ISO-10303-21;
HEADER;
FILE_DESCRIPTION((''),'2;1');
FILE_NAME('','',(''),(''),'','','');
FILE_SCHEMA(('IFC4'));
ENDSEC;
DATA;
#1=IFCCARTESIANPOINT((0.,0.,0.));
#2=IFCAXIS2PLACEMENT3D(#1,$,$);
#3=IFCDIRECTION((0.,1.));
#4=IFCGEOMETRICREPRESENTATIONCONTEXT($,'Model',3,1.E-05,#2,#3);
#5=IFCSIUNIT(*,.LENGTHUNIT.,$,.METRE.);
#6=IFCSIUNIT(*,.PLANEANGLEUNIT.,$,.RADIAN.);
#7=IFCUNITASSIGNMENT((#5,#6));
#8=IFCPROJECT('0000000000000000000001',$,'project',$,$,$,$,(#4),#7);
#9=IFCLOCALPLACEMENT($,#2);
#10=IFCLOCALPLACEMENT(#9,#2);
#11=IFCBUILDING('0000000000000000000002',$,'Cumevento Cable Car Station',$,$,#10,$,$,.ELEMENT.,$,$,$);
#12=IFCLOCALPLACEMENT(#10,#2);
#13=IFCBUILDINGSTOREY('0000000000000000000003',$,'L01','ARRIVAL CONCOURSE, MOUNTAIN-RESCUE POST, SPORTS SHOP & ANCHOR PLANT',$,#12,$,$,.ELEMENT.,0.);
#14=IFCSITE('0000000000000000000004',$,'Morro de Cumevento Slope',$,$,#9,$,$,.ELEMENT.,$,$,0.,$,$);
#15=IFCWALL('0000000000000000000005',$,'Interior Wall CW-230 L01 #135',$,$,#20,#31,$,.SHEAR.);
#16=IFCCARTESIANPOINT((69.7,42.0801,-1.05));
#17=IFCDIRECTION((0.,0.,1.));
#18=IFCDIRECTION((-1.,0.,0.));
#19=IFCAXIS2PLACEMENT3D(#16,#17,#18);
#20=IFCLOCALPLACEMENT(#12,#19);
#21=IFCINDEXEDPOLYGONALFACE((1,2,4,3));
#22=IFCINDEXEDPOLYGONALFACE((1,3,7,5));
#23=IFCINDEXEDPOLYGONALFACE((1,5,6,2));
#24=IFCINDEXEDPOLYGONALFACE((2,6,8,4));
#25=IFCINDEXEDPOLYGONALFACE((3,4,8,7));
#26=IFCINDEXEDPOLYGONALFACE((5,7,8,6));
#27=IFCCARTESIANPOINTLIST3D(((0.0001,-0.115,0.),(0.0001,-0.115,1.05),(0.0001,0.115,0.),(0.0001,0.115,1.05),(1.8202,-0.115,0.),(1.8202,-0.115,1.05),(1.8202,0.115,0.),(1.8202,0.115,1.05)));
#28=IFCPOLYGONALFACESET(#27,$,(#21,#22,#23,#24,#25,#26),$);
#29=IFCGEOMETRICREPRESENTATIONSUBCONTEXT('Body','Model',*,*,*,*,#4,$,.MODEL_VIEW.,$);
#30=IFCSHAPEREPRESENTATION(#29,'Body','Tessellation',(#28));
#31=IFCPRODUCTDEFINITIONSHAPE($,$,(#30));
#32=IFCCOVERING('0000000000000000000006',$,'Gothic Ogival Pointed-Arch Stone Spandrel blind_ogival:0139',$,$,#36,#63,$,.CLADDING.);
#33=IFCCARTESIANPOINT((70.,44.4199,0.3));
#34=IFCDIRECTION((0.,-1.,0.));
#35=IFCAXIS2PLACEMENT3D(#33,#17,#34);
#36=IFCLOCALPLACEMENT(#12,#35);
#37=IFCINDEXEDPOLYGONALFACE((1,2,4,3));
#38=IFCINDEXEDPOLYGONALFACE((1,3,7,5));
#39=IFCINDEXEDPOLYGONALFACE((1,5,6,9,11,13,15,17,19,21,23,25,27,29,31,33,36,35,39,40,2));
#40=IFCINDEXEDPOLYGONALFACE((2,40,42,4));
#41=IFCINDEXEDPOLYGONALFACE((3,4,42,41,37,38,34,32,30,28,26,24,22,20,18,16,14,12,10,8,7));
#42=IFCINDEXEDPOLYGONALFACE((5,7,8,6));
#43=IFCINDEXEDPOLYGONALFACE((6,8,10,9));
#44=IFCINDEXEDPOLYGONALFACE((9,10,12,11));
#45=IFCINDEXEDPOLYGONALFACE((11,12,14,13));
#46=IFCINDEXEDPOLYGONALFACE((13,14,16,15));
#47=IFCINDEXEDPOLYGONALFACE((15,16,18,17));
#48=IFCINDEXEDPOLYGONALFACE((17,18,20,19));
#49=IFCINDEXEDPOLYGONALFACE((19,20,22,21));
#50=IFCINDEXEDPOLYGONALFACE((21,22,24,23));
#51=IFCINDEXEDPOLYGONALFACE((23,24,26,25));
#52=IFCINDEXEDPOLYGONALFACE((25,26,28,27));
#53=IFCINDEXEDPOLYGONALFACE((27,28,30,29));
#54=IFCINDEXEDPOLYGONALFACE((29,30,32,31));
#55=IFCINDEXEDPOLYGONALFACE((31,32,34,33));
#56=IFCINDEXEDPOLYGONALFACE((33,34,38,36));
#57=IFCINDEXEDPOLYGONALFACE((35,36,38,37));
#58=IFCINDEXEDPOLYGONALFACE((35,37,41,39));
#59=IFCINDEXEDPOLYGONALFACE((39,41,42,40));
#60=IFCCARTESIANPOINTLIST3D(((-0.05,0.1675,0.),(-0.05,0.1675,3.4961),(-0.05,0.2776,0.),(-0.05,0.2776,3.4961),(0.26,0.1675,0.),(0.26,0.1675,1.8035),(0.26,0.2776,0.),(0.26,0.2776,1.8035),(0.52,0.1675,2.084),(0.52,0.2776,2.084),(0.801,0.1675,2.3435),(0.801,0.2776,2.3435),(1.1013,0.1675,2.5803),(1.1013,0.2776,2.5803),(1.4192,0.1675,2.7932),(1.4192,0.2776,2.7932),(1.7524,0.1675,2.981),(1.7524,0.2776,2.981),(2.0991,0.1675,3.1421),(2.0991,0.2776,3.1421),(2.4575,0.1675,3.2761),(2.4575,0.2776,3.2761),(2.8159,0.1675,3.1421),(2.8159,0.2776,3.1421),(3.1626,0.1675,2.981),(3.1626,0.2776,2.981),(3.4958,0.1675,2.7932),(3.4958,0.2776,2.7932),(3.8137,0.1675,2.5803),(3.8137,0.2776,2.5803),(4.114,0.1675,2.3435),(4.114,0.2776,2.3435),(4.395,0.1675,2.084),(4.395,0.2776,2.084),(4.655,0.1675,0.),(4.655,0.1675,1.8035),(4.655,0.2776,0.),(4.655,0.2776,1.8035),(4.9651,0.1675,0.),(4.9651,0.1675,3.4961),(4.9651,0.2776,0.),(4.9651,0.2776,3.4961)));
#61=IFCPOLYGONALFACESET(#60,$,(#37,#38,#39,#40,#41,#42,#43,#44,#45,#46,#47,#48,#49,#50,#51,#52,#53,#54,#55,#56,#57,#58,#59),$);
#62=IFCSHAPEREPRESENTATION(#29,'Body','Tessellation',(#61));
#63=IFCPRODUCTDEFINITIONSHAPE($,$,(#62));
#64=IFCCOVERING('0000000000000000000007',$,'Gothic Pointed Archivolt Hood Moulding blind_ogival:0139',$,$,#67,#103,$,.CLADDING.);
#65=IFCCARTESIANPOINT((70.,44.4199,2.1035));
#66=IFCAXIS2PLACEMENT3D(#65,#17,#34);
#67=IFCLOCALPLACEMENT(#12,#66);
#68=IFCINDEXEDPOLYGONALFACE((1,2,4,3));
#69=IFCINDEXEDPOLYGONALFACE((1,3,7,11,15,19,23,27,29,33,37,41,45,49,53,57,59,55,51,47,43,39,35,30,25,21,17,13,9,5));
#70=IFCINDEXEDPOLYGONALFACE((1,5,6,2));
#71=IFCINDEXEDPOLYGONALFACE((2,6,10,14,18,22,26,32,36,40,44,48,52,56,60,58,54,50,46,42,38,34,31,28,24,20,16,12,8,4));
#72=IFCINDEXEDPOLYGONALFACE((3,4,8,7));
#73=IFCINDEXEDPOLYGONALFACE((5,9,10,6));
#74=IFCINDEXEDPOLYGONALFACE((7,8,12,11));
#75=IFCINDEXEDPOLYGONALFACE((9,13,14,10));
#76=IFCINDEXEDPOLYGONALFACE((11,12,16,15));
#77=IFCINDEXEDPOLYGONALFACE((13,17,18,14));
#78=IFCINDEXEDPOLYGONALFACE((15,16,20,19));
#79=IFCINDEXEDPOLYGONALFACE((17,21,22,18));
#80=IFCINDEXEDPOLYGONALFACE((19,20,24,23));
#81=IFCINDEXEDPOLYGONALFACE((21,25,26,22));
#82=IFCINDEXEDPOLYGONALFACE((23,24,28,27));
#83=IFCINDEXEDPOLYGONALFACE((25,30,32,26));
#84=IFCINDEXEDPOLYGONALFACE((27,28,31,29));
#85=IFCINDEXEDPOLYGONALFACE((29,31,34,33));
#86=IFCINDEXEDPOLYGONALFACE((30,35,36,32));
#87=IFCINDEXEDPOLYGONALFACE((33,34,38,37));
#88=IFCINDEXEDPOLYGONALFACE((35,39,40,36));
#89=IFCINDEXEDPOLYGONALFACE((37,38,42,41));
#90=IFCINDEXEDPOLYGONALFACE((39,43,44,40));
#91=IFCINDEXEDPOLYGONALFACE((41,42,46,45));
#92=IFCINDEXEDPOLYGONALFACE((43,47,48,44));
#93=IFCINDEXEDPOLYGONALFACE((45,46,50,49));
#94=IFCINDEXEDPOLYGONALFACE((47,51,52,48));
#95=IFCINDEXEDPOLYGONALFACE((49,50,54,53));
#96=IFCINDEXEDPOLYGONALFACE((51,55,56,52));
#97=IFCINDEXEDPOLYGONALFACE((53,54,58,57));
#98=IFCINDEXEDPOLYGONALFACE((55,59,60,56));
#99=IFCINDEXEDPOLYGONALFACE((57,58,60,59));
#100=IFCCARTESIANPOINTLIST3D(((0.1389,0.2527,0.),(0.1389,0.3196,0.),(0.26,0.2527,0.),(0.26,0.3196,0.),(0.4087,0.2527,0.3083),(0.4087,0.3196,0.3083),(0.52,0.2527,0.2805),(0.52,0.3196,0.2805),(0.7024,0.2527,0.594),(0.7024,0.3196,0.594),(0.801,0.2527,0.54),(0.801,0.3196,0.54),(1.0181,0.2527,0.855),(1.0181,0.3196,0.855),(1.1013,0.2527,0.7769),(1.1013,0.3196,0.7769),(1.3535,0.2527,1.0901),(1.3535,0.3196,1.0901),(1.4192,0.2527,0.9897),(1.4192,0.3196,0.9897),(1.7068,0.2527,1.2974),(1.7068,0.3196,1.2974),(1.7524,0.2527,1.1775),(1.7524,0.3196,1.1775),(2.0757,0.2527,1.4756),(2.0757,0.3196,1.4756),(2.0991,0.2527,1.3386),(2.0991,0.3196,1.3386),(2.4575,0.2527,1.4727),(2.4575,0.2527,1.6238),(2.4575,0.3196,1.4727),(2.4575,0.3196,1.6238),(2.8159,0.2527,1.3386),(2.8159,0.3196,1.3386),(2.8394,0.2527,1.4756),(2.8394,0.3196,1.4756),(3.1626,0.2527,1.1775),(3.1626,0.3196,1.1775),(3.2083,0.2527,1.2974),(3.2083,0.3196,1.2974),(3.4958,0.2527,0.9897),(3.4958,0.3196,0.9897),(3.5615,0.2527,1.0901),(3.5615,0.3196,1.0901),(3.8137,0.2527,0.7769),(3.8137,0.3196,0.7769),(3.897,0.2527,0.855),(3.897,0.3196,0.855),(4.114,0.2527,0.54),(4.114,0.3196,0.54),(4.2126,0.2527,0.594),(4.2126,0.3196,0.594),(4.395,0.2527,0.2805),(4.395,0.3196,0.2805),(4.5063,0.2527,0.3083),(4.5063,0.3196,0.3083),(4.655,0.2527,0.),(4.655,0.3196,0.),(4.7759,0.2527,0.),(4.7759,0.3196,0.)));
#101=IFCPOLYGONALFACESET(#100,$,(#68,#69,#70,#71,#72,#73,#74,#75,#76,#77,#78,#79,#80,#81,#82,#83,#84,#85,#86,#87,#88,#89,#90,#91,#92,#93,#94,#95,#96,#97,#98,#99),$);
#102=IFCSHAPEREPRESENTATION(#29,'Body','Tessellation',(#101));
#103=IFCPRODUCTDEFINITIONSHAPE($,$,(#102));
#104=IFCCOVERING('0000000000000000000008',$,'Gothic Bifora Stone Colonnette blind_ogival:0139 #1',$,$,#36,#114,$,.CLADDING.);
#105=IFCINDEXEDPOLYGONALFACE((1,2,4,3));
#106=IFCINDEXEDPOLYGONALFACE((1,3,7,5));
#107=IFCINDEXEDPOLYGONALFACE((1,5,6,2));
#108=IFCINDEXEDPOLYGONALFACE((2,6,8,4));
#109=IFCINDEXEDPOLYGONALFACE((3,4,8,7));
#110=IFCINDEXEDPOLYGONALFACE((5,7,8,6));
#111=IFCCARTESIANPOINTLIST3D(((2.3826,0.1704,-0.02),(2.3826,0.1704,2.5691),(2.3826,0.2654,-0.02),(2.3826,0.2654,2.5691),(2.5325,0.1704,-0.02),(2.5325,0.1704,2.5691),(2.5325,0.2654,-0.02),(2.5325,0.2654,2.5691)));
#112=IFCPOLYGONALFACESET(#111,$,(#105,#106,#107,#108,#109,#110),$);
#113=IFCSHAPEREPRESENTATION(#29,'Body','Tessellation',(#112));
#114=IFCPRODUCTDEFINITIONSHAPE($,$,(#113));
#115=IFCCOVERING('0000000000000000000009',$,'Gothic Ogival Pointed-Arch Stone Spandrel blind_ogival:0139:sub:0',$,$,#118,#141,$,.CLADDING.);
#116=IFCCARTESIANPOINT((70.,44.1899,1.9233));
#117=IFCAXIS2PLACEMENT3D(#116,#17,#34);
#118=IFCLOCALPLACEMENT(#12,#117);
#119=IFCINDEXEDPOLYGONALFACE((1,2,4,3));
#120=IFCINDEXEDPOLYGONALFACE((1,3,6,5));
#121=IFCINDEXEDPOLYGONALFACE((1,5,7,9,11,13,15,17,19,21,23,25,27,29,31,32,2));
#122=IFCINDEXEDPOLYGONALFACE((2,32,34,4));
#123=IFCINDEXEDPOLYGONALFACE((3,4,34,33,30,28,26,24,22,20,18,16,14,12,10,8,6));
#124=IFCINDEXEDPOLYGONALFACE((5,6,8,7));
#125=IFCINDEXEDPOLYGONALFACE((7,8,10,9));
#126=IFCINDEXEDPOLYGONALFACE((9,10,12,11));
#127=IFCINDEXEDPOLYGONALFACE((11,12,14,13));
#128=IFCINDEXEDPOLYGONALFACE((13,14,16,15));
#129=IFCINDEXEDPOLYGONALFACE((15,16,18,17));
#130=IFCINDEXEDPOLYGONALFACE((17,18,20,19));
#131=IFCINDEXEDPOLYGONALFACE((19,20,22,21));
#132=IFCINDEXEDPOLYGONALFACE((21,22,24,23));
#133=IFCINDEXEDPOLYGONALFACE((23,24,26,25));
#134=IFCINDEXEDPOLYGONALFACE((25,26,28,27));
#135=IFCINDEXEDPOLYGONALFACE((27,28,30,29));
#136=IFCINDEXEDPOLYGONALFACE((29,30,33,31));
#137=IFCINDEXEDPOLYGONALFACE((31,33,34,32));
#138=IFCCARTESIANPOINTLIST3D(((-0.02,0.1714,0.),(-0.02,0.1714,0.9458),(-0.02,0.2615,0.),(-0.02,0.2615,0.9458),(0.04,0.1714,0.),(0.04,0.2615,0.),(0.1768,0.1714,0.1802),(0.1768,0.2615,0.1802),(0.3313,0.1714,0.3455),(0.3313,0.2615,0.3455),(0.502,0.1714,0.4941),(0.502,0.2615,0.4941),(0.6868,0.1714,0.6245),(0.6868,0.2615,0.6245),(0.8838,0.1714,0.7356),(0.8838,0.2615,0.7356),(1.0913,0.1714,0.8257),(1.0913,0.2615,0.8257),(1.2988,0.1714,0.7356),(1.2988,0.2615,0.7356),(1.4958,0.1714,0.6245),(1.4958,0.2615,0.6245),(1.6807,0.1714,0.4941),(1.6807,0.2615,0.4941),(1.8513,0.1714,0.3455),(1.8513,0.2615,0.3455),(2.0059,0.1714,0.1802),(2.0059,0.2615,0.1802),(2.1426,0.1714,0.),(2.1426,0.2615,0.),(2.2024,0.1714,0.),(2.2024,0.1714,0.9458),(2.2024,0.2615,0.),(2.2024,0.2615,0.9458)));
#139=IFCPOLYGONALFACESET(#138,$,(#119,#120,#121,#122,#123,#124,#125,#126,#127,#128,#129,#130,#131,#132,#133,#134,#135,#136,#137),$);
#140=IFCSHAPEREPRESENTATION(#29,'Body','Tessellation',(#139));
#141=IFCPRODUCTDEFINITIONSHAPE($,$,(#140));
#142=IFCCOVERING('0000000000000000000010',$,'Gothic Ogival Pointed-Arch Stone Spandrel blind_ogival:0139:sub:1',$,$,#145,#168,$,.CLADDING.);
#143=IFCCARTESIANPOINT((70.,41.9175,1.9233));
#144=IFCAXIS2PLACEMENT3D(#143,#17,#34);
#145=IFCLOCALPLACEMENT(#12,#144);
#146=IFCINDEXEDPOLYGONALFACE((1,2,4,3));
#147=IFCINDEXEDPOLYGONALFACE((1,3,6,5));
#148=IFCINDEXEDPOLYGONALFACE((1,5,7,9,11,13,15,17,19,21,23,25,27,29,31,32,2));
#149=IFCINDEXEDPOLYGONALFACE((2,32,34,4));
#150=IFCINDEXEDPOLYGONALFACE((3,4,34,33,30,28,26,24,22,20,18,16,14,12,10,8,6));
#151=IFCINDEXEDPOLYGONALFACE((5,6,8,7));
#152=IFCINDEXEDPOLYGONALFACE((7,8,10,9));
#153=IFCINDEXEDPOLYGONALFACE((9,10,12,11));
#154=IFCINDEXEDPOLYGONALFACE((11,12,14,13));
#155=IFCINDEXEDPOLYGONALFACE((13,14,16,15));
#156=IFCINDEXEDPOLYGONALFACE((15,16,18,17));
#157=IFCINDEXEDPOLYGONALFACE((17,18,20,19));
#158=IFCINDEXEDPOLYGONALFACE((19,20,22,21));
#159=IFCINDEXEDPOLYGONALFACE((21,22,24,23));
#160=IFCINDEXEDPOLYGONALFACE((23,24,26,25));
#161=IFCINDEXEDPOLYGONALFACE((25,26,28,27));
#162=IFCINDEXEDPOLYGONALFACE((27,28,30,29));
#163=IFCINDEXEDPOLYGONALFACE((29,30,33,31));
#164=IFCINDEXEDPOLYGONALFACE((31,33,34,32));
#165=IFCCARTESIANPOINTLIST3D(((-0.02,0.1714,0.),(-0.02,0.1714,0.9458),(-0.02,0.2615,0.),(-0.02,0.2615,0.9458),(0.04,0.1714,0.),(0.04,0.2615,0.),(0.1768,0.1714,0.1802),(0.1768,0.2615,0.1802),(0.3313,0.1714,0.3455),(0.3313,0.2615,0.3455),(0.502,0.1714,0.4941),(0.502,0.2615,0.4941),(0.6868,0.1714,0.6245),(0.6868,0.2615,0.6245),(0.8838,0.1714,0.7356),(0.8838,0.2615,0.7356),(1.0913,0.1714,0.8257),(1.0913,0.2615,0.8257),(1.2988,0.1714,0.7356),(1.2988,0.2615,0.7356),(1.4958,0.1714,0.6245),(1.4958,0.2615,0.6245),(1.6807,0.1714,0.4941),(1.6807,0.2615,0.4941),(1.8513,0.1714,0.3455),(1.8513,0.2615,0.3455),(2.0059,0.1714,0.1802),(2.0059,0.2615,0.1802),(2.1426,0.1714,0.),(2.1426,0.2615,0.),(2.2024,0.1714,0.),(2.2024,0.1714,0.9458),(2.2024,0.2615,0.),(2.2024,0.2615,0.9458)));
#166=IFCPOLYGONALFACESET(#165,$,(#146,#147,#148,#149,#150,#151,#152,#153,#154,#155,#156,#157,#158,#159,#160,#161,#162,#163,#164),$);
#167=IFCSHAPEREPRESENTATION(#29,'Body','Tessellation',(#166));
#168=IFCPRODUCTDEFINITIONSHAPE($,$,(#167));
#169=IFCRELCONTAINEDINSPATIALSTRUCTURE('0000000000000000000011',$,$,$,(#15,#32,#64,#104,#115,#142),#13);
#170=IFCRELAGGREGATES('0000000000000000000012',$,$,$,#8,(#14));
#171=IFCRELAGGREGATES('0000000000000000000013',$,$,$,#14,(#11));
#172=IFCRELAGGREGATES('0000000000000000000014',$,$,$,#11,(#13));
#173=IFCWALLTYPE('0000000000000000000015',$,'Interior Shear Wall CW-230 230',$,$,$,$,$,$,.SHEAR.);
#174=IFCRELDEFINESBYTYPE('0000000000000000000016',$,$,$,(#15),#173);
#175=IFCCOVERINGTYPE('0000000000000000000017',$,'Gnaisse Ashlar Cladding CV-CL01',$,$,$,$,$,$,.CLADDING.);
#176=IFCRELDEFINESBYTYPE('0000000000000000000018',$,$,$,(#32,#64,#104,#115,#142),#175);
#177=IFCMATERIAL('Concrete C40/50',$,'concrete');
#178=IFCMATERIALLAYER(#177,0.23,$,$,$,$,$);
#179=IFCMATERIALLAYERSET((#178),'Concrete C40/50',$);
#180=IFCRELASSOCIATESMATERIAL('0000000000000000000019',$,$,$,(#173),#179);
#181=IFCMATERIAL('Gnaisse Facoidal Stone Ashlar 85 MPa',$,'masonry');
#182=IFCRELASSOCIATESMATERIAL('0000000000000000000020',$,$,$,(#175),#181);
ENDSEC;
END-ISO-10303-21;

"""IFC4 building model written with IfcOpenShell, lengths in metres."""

from ifc_helpers import new_model, si_unit, direction, frame, frame_2d, origin, place, context, subcontext, project, spatial, polyline, rectangle, outline, extrude, material, layer, layer_set, type_object, element, save


model = new_model("IFC4")

# Units and contexts
model_context = context("Model", 3, precision=1e-05, world=origin(), true_north=direction((0.0, 1.0)))
body_context = subcontext(model_context, "Body", "Model", "MODEL_VIEW")
ifc_project = project(units=[si_unit("LENGTHUNIT", "METRE"), si_unit("PLANEANGLEUNIT", "RADIAN")], contexts=[model_context])

# Site, building, storey
site_placement = place(None, origin())
site = spatial("IfcSite", under=ifc_project, at=site_placement, Name="Morro de Cumevento Slope", CompositionType="ELEMENT", RefElevation=0.0)
building_placement = place(site_placement, origin())
building = spatial("IfcBuilding", under=site, at=building_placement, Name="Cumevento Cable Car Station", CompositionType="ELEMENT")
storey_placement = place(building_placement, origin())
storey = spatial("IfcBuildingStorey", under=building, at=storey_placement, Name="L01", Description="ARRIVAL CONCOURSE, MOUNTAIN-RESCUE POST, SPORTS SHOP & ANCHOR PLANT", CompositionType="ELEMENT", Elevation=0.0)

# Wall
ifc_material_1 = material(Name="Concrete C40/50", Category="concrete")
ifc_layer_1 = layer(ifc_material_1, 0.23)
ifc_layer_set_1 = layer_set([ifc_layer_1], Name="Concrete C40/50")
wall_type_1 = type_object("IfcWallType", Name="Interior Shear Wall CW-230 230", PredefinedType="SHEAR", material=ifc_layer_set_1)
wall_1_placement = place(storey_placement, frame((69.7, 42.0801, -1.05), z_axis=(0.0, 0.0, 1.0), x_axis=(-1.0, 0.0, 0.0)))
element("IfcWall", 1, at=wall_1_placement, inside=storey, type_object=wall_type_1, Name="Interior Wall CW-230 L01 #135", PredefinedType="SHEAR", context=body_context, shape_type="SweptSolid", body=[
    extrude(rectangle(XDim=1.8201, YDim=0.23, at=frame_2d((0.9102, 0.0))), origin(), (0.0, 0.0, 1.0), 1.05),
])

# Coverings
ifc_material_2 = material(Name="Gnaisse Facoidal Stone Ashlar 85 MPa", Category="masonry")
covering_type = type_object("IfcCoveringType", Name="Gnaisse Ashlar Cladding CV-CL01", PredefinedType="CLADDING", material=ifc_material_2)
placement = place(storey_placement, frame((70.0, 44.4199, 0.3), z_axis=(0.0, 0.0, 1.0), x_axis=(0.0, -1.0, 0.0)))
element("IfcCovering", 2, at=placement, inside=storey, type_object=covering_type, Name="Gothic Ogival Pointed-Arch Stone Spandrel blind_ogival:0139", PredefinedType="CLADDING", context=body_context, shape_type="SweptSolid", body=[
    extrude(outline(polyline([(-0.05, 0.0), (-0.05, 3.4961), (4.9651, 3.4961), (4.9651, 0.0), (4.655, 0.0), (4.655, 1.8035), (4.395, 2.084), (4.114, 2.3435), (3.8137, 2.5803), (3.4958, 2.7932), (3.1626, 2.981), (2.8159, 3.1421), (2.4575, 3.2761), (2.0991, 3.1421), (1.7524, 2.981), (1.4192, 2.7932), (1.1013, 2.5803), (0.801, 2.3435), (0.52, 2.084), (0.26, 1.8035), (0.26, 0.0), (-0.05, 0.0)])), frame((0.0, 0.2776, 0.0), z_axis=(0.0, -1.0, 0.0), x_axis=(1.0, 0.0, 0.0)), (0.0, 0.0, 1.0), 0.1101),
])
covering_1_placement = place(storey_placement, frame((70.0, 44.4199, 2.1035), z_axis=(0.0, 0.0, 1.0), x_axis=(0.0, -1.0, 0.0)))
element("IfcCovering", 3, at=covering_1_placement, inside=storey, type_object=covering_type, Name="Gothic Pointed Archivolt Hood Moulding blind_ogival:0139", PredefinedType="CLADDING", context=body_context, shape_type="SweptSolid", body=[
    extrude(outline(polyline([(0.26, 0.0), (0.52, 0.2805), (0.801, 0.54), (1.1013, 0.7769), (1.4192, 0.9897), (1.7524, 1.1775), (2.0991, 1.3386), (2.4575, 1.4727), (2.8159, 1.3386), (3.1626, 1.1775), (3.4958, 0.9897), (3.8137, 0.7769), (4.114, 0.54), (4.395, 0.2805), (4.655, 0.0), (4.7759, 0.0), (4.5063, 0.3083), (4.2126, 0.594), (3.897, 0.855), (3.5615, 1.0901), (3.2083, 1.2974), (2.8394, 1.4756), (2.4575, 1.6238), (2.0757, 1.4756), (1.7068, 1.2974), (1.3535, 1.0901), (1.0181, 0.855), (0.7024, 0.594), (0.4087, 0.3083), (0.1389, 0.0), (0.26, 0.0)])), frame((0.0, 0.3196, 0.0), z_axis=(0.0, -1.0, 0.0), x_axis=(1.0, 0.0, 0.0)), (0.0, 0.0, 1.0), 0.0669),
])
element("IfcCovering", 4, at=placement, inside=storey, type_object=covering_type, Name="Gothic Bifora Stone Colonnette blind_ogival:0139 #1", PredefinedType="CLADDING", context=body_context, shape_type="SweptSolid", body=[
    extrude(outline(polyline([(2.3826, -0.02), (2.5325, -0.02), (2.5325, 2.5691), (2.3826, 2.5691), (2.3826, -0.02)])), frame((0.0, 0.2654, 0.0), z_axis=(0.0, -1.0, 0.0), x_axis=(1.0, 0.0, 0.0)), (0.0, 0.0, 1.0), 0.095),
])
for number, where, z_axis, x_axis, name in (
    (5, (70.0, 44.1899, 1.9233), (0.0, 0.0, 1.0), (0.0, -1.0, 0.0), "Gothic Ogival Pointed-Arch Stone Spandrel blind_ogival:0139:sub:0"),
    (6, (70.0, 41.9175, 1.9233), (0.0, 0.0, 1.0), (0.0, -1.0, 0.0), "Gothic Ogival Pointed-Arch Stone Spandrel blind_ogival:0139:sub:1"),
):
    element("IfcCovering", number, at=place(storey_placement, frame(where, z_axis=z_axis, x_axis=x_axis)), inside=storey, type_object=covering_type, Name=name, PredefinedType="CLADDING", context=body_context, shape_type="SweptSolid", body=[
        extrude(outline(polyline([(-0.02, 0.0), (-0.02, 0.9458), (2.2024, 0.9458), (2.2024, 0.0), (2.1426, 0.0), (2.0059, 0.1802), (1.8513, 0.3455), (1.6807, 0.4941), (1.4958, 0.6245), (1.2988, 0.7356), (1.0913, 0.8257), (0.8838, 0.7356), (0.6868, 0.6245), (0.502, 0.4941), (0.3313, 0.3455), (0.1768, 0.1802), (0.04, 0.0), (-0.02, 0.0)])), frame((0.0, 0.2615, 0.0), z_axis=(0.0, -1.0, 0.0), x_axis=(1.0, 0.0, 0.0)), (0.0, 0.0, 1.0), 0.0901),
    ])

save(model, "model.ifc")
